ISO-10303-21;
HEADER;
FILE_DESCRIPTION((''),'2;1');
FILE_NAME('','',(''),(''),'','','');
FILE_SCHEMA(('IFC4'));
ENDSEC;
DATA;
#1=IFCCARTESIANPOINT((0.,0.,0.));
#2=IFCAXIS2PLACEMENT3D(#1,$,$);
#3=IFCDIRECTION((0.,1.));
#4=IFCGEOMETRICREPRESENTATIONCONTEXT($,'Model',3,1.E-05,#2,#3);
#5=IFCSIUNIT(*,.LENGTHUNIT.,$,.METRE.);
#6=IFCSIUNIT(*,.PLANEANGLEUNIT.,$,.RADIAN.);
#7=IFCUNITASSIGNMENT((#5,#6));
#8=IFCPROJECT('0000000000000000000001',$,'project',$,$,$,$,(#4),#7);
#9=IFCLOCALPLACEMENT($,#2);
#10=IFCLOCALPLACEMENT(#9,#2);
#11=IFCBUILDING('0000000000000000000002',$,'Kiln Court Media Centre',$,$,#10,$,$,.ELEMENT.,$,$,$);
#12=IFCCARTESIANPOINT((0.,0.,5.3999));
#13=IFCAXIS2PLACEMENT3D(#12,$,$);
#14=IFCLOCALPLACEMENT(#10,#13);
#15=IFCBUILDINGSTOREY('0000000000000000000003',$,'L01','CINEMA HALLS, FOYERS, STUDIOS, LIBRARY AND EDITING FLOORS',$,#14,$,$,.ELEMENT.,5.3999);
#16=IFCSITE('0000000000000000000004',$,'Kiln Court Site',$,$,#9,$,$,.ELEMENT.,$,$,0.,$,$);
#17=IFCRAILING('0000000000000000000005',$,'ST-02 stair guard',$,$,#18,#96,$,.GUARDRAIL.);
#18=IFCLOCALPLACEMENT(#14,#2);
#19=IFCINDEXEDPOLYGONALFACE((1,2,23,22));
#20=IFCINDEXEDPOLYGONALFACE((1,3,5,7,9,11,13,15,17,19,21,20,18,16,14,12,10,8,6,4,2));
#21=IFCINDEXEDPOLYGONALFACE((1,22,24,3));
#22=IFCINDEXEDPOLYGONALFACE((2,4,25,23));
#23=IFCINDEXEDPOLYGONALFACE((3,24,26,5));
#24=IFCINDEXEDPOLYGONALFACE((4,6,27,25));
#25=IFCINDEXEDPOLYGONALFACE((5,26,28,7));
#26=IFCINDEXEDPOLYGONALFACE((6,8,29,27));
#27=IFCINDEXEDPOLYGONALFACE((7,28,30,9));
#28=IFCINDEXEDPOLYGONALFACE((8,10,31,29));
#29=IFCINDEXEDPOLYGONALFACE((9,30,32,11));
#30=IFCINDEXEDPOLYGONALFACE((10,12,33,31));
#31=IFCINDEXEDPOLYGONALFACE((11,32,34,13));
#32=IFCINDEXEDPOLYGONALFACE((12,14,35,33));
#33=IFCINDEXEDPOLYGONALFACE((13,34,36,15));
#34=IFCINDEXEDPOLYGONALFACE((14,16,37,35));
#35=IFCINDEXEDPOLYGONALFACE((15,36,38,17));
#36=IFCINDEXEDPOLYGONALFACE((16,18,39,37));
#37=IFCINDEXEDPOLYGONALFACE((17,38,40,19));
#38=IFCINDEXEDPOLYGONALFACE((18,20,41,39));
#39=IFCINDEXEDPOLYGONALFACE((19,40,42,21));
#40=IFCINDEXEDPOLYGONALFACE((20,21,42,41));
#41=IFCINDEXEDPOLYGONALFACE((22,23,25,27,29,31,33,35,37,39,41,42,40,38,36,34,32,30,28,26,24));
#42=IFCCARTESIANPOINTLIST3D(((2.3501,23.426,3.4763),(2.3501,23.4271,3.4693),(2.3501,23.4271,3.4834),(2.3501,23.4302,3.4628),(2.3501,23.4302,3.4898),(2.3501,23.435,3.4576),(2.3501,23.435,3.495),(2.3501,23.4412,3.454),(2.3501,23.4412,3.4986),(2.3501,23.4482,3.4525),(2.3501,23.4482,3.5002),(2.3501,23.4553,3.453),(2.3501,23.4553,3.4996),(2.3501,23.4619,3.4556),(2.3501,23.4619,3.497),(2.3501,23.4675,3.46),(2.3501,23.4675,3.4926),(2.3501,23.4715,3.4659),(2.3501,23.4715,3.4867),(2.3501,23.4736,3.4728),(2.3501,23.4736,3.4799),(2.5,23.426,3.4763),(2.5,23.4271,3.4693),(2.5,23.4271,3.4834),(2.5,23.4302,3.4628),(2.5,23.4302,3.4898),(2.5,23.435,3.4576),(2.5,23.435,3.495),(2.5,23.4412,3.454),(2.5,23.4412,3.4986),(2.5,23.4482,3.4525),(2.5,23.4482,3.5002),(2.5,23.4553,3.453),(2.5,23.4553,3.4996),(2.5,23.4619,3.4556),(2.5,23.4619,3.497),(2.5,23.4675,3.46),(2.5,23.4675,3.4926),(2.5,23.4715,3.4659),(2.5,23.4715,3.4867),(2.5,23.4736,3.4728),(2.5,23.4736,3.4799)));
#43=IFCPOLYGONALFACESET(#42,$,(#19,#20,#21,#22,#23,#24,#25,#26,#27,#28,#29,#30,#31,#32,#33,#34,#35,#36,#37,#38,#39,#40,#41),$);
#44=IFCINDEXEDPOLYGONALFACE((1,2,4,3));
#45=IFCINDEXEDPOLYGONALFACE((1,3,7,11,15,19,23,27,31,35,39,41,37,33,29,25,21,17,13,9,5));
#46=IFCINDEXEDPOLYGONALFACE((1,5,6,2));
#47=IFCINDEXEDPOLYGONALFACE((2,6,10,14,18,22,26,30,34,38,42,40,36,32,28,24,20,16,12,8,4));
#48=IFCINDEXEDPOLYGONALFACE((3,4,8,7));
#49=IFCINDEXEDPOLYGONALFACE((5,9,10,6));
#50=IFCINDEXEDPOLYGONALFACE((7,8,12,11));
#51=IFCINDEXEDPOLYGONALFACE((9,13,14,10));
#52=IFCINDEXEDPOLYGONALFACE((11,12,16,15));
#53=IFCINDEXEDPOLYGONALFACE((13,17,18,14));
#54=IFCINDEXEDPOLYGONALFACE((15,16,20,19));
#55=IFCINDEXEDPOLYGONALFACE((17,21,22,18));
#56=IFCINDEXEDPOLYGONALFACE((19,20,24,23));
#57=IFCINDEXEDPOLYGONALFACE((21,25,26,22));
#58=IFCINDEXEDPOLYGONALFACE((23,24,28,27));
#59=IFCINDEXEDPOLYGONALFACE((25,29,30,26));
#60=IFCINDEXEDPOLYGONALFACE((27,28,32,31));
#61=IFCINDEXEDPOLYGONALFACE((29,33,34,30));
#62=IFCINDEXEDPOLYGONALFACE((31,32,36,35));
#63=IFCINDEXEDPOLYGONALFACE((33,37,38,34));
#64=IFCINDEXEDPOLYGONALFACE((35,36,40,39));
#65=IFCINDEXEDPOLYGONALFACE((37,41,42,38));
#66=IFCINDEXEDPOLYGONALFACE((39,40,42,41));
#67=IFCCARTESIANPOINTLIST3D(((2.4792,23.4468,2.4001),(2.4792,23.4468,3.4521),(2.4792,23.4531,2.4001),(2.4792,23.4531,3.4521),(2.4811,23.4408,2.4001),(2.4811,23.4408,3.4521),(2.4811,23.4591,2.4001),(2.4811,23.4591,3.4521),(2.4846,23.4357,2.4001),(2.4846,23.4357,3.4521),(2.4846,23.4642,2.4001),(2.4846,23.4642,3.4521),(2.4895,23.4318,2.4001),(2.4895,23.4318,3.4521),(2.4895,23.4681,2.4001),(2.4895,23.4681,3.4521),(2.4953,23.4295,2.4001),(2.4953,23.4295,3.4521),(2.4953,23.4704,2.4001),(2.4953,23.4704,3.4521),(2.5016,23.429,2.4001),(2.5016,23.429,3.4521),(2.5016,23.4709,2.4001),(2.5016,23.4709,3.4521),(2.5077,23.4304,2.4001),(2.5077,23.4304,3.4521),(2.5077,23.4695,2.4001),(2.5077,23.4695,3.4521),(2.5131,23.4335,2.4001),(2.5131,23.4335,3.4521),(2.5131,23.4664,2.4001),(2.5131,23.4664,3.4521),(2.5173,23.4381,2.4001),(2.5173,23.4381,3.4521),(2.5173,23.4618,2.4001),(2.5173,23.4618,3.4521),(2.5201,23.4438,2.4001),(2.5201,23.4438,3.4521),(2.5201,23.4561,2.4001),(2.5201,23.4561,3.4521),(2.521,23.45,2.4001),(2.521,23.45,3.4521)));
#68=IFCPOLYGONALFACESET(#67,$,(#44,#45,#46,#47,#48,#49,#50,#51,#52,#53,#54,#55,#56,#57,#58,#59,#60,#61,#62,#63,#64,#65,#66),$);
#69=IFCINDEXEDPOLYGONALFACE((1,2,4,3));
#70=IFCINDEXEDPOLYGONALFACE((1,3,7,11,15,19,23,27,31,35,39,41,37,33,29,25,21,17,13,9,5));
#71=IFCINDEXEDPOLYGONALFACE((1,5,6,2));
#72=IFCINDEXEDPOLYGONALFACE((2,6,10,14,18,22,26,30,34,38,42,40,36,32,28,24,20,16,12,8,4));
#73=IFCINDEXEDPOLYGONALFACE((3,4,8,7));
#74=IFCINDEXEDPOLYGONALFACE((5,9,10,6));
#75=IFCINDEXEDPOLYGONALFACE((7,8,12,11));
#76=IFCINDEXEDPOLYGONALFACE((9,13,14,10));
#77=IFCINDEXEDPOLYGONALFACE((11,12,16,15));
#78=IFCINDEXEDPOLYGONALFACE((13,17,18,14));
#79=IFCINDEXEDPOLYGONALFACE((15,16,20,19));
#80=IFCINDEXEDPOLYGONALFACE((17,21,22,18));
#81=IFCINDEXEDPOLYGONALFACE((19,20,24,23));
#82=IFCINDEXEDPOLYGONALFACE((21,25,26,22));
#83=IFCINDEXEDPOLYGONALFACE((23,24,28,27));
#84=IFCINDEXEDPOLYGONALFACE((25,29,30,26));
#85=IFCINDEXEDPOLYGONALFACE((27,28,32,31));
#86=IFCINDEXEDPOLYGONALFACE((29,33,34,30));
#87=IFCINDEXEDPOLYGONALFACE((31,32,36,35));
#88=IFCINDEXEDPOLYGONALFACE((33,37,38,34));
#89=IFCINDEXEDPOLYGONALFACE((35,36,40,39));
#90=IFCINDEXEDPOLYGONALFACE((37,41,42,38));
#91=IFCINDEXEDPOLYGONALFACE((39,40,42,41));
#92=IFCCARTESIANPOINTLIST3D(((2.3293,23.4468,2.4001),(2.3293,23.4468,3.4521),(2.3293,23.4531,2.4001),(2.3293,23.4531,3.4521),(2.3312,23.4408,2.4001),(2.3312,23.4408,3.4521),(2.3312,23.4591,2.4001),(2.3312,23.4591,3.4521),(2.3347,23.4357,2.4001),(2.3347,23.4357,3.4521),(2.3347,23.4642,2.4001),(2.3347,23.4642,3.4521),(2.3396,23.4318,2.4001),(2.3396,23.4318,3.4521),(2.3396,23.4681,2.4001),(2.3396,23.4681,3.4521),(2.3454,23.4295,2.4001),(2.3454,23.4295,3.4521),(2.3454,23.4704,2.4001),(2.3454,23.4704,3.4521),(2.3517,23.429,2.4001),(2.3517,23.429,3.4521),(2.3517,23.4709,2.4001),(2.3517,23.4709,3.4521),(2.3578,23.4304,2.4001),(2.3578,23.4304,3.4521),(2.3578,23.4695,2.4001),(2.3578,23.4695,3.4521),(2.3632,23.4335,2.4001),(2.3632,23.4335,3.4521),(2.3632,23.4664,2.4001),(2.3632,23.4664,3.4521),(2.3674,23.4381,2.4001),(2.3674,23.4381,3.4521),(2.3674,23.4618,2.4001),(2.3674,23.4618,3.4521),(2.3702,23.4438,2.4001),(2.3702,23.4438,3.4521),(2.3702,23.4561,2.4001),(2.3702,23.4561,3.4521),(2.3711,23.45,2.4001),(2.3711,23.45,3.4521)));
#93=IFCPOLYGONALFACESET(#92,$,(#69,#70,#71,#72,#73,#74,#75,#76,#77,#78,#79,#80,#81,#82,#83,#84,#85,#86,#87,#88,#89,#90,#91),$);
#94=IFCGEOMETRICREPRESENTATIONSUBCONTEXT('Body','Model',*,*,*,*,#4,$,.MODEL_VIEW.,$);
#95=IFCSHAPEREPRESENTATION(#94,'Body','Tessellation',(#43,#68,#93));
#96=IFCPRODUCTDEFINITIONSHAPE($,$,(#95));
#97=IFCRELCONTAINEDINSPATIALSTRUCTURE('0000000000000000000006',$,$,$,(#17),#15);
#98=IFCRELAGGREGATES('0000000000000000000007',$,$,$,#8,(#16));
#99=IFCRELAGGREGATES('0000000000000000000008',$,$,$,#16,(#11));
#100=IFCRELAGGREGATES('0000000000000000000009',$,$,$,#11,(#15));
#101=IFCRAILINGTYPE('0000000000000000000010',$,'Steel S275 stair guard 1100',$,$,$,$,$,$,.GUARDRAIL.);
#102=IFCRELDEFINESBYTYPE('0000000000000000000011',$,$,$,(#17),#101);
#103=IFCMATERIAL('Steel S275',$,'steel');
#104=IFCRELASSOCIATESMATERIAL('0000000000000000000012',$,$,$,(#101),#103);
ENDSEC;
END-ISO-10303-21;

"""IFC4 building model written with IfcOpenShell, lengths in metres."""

from ifc_helpers import new_model, si_unit, direction, frame, origin, origin_2d, place, context, subcontext, project, spatial, circle, extrude, material, type_object, element, save


model = new_model("IFC4")

# Units and contexts
model_context = context("Model", 3, precision=1e-05, world=origin(), true_north=direction((0.0, 1.0)))
body_context = subcontext(model_context, "Body", "Model", "MODEL_VIEW")
ifc_project = project(units=[si_unit("LENGTHUNIT", "METRE"), si_unit("PLANEANGLEUNIT", "RADIAN")], contexts=[model_context])

# Site, building, storey
site_placement = place(None, origin())
site = spatial("IfcSite", under=ifc_project, at=site_placement, Name="Kiln Court Site", CompositionType="ELEMENT", RefElevation=0.0)
building_placement = place(site_placement, origin())
building = spatial("IfcBuilding", under=site, at=building_placement, Name="Kiln Court Media Centre", CompositionType="ELEMENT")
storey_placement = place(building_placement, frame((0.0, 0.0, 5.3999)))
storey = spatial("IfcBuildingStorey", under=building, at=storey_placement, Name="L01", Description="CINEMA HALLS, FOYERS, STUDIOS, LIBRARY AND EDITING FLOORS", CompositionType="ELEMENT", Elevation=5.3999)

# Railing
ifc_material_1 = material(Name="Steel S275", Category="steel")
railing_type_1 = type_object("IfcRailingType", Name="Steel S275 stair guard 1100", PredefinedType="GUARDRAIL", material=ifc_material_1)
railing_1_placement = place(storey_placement, frame((2.5, 23.45, 2.4001)))
element("IfcRailing", 1, at=railing_1_placement, inside=storey, type_object=railing_type_1, Name="ST-02 stair guard", PredefinedType="GUARDRAIL", context=body_context, shape_type="SweptSolid", body=[
    extrude(circle(Radius=0.0239, at=origin_2d()), frame((0.0, 0.0, 1.0762), z_axis=(-1.0, 0.0, 0.0), x_axis=(0.0, -1.0, 0.0)), (0.0, 0.0, 1.0), 0.1499),
    extrude(circle(Radius=0.021, at=origin_2d()), origin(), (0.0, 0.0, 1.0), 1.052),
    extrude(circle(Radius=0.021, at=origin_2d()), frame((-0.1499, 0.0, 0.0)), (0.0, 0.0, 1.0), 1.052),
])

save(model, "model.ifc")
